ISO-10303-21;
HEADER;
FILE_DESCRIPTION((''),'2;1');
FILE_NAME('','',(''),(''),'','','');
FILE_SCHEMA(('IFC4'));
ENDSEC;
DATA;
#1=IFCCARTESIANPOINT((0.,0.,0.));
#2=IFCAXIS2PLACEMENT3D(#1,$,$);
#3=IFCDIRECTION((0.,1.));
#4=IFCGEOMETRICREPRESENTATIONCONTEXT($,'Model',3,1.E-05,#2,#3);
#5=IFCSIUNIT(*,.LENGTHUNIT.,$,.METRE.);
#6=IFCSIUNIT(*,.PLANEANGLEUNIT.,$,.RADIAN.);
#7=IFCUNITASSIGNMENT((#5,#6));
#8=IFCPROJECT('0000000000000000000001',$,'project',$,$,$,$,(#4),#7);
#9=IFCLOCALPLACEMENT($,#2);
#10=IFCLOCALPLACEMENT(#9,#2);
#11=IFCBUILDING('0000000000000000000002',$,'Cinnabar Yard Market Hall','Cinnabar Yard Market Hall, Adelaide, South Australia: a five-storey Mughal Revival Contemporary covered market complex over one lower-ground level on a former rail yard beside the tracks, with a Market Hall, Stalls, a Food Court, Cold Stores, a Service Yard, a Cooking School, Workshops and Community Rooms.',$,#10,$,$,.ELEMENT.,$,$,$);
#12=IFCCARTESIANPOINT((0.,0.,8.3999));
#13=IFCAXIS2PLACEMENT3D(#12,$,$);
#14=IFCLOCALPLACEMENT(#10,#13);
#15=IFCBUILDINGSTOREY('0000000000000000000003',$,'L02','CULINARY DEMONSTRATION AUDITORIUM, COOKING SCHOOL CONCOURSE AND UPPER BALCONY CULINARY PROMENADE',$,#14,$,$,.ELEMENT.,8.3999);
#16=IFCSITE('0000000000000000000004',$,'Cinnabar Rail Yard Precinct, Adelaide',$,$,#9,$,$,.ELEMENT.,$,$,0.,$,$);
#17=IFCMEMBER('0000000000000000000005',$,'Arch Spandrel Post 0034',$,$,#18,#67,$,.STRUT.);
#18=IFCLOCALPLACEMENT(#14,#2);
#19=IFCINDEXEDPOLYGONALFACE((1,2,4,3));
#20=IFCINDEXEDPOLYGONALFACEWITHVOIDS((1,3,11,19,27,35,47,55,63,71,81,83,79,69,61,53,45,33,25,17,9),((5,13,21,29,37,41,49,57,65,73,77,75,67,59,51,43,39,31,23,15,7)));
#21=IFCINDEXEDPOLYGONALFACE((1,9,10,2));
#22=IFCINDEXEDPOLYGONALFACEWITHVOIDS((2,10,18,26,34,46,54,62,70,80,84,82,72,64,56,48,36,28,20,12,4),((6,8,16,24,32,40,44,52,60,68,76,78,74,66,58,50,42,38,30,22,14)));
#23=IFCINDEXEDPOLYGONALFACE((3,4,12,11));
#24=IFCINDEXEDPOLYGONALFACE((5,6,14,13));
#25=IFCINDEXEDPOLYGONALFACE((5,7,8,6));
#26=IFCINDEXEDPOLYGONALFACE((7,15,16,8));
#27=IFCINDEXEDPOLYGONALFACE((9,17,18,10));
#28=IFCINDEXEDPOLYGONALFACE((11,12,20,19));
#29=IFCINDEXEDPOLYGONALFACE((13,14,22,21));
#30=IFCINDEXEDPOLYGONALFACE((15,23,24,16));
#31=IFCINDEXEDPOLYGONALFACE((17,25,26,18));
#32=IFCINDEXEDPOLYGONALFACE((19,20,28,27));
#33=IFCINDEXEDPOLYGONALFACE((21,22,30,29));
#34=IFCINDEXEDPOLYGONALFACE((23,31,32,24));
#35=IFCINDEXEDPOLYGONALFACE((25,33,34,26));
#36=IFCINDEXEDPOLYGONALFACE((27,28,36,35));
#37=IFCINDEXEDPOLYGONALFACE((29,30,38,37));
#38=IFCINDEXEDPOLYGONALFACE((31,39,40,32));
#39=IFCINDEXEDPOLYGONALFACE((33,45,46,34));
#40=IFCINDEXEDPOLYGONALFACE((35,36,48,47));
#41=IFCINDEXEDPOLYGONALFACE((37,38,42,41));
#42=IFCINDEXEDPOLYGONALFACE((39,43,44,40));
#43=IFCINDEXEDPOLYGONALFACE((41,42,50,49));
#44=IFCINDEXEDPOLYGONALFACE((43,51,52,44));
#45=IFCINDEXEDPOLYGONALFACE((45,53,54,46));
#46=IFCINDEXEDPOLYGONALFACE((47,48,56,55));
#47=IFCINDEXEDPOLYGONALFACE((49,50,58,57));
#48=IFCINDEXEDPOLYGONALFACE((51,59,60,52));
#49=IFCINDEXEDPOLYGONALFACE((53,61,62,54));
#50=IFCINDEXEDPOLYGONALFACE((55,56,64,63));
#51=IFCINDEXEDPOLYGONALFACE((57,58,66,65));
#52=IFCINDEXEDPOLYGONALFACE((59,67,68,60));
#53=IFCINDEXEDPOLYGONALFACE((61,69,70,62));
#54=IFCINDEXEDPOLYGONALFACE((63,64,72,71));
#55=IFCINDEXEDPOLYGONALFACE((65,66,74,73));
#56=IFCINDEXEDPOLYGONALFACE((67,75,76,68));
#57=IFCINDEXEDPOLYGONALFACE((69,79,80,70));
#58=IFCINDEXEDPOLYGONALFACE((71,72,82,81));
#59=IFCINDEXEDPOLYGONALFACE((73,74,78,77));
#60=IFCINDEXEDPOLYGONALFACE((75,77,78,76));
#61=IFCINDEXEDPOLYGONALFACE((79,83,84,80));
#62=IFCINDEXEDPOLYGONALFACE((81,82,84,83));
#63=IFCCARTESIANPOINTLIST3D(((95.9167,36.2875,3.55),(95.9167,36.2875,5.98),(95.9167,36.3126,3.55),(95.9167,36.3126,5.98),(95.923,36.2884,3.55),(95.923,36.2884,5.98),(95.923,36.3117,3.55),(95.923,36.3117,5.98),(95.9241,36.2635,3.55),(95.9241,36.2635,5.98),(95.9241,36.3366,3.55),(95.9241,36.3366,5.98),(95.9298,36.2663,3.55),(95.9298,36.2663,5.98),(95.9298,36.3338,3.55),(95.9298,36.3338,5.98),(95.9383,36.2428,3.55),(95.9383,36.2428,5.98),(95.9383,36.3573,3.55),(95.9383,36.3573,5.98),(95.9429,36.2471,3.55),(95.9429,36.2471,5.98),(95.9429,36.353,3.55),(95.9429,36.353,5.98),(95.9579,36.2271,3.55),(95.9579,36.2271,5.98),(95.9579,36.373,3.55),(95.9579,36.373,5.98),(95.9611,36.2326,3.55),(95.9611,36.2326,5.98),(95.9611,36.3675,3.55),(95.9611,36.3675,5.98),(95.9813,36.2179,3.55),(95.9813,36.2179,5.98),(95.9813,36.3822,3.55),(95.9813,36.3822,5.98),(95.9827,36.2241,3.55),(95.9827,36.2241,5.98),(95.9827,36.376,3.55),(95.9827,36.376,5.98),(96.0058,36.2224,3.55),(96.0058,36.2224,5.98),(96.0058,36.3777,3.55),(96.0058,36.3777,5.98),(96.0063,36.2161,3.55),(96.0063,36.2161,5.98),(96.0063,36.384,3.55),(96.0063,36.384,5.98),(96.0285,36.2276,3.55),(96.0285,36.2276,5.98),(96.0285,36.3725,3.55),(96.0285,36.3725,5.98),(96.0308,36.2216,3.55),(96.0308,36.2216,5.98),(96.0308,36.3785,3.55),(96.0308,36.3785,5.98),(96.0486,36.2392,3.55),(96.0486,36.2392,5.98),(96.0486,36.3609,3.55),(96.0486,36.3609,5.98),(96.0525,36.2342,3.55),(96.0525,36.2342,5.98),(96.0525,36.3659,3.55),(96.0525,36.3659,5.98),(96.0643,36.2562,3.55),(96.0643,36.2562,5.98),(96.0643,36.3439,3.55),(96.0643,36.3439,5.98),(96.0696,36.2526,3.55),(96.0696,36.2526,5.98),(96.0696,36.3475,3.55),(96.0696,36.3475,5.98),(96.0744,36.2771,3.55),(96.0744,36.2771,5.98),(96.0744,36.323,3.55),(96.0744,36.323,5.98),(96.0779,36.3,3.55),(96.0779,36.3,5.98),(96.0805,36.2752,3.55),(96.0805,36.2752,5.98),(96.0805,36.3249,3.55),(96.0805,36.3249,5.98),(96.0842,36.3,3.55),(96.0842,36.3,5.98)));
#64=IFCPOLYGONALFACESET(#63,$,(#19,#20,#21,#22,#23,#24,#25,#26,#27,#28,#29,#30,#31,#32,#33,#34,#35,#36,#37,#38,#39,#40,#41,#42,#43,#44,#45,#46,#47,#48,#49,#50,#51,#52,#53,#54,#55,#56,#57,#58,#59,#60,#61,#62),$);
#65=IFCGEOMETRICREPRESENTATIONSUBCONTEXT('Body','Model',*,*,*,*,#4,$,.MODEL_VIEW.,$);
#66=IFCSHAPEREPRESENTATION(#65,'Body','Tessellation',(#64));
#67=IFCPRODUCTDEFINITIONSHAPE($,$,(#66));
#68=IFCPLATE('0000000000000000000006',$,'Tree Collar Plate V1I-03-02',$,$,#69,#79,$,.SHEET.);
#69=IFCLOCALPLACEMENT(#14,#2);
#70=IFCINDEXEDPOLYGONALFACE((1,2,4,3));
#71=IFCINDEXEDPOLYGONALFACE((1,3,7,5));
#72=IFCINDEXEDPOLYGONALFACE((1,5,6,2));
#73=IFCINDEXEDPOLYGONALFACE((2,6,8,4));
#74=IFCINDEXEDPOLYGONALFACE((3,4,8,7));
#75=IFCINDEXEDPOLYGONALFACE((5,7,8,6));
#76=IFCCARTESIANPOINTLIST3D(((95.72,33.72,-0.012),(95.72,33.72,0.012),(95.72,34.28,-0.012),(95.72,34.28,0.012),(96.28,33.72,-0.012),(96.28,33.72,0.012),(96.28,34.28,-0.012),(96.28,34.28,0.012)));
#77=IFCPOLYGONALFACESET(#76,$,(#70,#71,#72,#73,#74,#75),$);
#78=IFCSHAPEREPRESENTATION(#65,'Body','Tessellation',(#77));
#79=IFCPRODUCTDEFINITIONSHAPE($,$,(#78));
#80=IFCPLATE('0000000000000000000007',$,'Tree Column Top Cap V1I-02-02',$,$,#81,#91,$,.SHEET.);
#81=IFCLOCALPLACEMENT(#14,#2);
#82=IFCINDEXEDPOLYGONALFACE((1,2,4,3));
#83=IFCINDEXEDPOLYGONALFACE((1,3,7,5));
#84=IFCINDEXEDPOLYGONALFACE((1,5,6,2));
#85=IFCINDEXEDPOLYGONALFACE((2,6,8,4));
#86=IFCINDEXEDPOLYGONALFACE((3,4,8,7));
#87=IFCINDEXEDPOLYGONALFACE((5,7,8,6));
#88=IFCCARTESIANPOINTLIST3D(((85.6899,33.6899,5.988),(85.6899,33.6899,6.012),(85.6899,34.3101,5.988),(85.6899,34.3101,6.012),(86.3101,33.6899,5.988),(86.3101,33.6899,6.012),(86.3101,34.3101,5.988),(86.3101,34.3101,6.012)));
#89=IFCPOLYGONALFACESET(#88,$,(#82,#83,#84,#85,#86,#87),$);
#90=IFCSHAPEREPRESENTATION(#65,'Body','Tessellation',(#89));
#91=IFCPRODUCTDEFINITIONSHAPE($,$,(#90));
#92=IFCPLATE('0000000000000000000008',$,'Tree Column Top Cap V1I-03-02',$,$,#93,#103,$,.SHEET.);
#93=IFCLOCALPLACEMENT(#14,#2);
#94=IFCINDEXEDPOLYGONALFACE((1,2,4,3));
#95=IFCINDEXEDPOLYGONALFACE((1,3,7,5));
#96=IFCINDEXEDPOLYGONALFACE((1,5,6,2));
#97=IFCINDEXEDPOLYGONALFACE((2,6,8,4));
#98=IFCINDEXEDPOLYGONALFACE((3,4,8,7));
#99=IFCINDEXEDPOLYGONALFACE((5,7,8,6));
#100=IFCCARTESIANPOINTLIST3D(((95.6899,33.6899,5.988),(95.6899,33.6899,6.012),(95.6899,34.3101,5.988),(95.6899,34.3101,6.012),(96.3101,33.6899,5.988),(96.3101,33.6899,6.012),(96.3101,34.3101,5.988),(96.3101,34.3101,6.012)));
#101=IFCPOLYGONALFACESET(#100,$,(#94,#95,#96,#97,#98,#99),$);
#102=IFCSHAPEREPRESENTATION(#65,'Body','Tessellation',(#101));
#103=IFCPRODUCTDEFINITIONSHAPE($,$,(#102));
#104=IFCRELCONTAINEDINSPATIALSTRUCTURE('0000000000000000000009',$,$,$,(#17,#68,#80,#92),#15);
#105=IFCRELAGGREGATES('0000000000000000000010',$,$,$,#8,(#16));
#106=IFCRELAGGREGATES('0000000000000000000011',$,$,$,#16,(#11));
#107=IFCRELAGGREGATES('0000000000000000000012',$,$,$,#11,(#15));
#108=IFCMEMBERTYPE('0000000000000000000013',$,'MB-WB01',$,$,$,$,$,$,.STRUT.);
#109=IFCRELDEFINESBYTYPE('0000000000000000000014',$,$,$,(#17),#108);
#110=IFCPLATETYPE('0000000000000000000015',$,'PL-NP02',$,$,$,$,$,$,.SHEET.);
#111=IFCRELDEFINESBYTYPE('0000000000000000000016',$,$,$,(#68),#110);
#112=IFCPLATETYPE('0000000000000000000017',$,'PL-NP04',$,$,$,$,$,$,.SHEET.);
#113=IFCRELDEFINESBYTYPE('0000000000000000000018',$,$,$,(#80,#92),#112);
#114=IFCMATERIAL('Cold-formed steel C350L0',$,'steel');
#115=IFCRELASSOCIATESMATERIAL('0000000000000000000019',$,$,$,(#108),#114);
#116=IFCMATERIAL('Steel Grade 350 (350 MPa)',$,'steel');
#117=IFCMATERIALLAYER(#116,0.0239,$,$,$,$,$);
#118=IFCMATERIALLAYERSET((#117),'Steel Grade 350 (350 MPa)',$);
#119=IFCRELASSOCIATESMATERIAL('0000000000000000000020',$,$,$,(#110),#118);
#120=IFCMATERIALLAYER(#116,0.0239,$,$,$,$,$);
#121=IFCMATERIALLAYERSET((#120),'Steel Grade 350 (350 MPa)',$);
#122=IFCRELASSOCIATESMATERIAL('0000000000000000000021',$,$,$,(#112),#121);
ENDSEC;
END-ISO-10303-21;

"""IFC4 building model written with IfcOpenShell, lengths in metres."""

from ifc_helpers import new_model, si_unit, direction, frame, origin, origin_2d_with_axis, place, context, subcontext, project, spatial, rectangle, hollow_circle, extrude, material, layer, layer_set, material_profile, profile_set, type_object, element, save


model = new_model("IFC4")

# Units and contexts
model_context = context("Model", 3, precision=1e-05, world=origin(), true_north=direction((0.0, 1.0)))
body_context = subcontext(model_context, "Body", "Model", "MODEL_VIEW")
ifc_project = project(units=[si_unit("LENGTHUNIT", "METRE"), si_unit("PLANEANGLEUNIT", "RADIAN")], contexts=[model_context])

# Site, building, storey
site_placement = place(None, origin())
site = spatial("IfcSite", under=ifc_project, at=site_placement, Name="Cinnabar Rail Yard Precinct, Adelaide", CompositionType="ELEMENT", RefElevation=0.0)
building_placement = place(site_placement, origin())
building = spatial("IfcBuilding", under=site, at=building_placement, Name="Cinnabar Yard Market Hall", Description="Cinnabar Yard Market Hall, Adelaide, South Australia: a five-storey Mughal Revival Contemporary covered market complex over one lower-ground level on a former rail yard beside the tracks, with a Market Hall, Stalls, a Food Court, Cold Stores, a Service Yard, a Cooking School, Workshops and Community Rooms.", CompositionType="ELEMENT")
storey_placement = place(building_placement, frame((0.0, 0.0, 8.3999)))
storey = spatial("IfcBuildingStorey", under=building, at=storey_placement, Name="L02", Description="CULINARY DEMONSTRATION AUDITORIUM, COOKING SCHOOL CONCOURSE AND UPPER BALCONY CULINARY PROMENADE", CompositionType="ELEMENT", Elevation=8.3999)

# Member
ifc_material_1 = material(Name="Cold-formed steel C350L0", Category="steel")
ifc_material_profile_1 = material_profile(ifc_material_1, hollow_circle(Radius=0.0842, WallThickness=0.0063, at=origin_2d_with_axis()), Name="168.3x6.4CHS")
ifc_profile_set_1 = profile_set([ifc_material_profile_1], Name="Cold-formed steel C350L0")
member_type_1 = type_object("IfcMemberType", Name="MB-WB01", PredefinedType="STRUT", material=ifc_profile_set_1)
for number, where, z_axis, x_axis, name in (
    (1, (96.0, 36.3, 3.55), (0.0, 0.0, 1.0), (1.0, 0.0, 0.0), "Arch Spandrel Post 0034"),
):
    element("IfcMember", number, at=place(storey_placement, frame(where, z_axis=z_axis, x_axis=x_axis)), inside=storey, type_object=member_type_1, Name=name, PredefinedType="STRUT", context=body_context, shape_type="SweptSolid", body=[
        extrude(hollow_circle(Radius=0.0842, WallThickness=0.0063, at=origin_2d_with_axis()), origin(), (0.0, 0.0, 1.0), 2.4299),
    ])

# Plates
ifc_material_2 = material(Name="Steel Grade 350 (350 MPa)", Category="steel")
ifc_layer_1 = layer(ifc_material_2, 0.0239)
ifc_layer_set_1 = layer_set([ifc_layer_1], Name="Steel Grade 350 (350 MPa)")
plate_type_1 = type_object("IfcPlateType", Name="PL-NP02", PredefinedType="SHEET", material=ifc_layer_set_1)
plate_placement = place(storey_placement, frame((96.0, 34.0, -0.012), z_axis=(0.0, 0.0, 1.0), x_axis=(1.0, 0.0, 0.0)))
element("IfcPlate", 2, at=plate_placement, inside=storey, type_object=plate_type_1, Name="Tree Collar Plate V1I-03-02", PredefinedType="SHEET", context=body_context, shape_type="SweptSolid", body=[
    extrude(rectangle(XDim=0.5601, YDim=0.5601, at=origin_2d_with_axis()), origin(), (0.0, 0.0, 1.0), 0.0239),
])
ifc_layer_2 = layer(ifc_material_2, 0.0239)
ifc_layer_set_2 = layer_set([ifc_layer_2], Name="Steel Grade 350 (350 MPa)")
plate_type_2 = type_object("IfcPlateType", Name="PL-NP04", PredefinedType="SHEET", material=ifc_layer_set_2)
for number, where, z_axis, x_axis, name in (
    (3, (86.0, 34.0, 5.988), (0.0, 0.0, 1.0), (1.0, 0.0, 0.0), "Tree Column Top Cap V1I-02-02"),
    (4, (96.0, 34.0, 5.988), (0.0, 0.0, 1.0), (1.0, 0.0, 0.0), "Tree Column Top Cap V1I-03-02"),
):
    element("IfcPlate", number, at=place(storey_placement, frame(where, z_axis=z_axis, x_axis=x_axis)), inside=storey, type_object=plate_type_2, Name=name, PredefinedType="SHEET", context=body_context, shape_type="SweptSolid", body=[
        extrude(rectangle(XDim=0.6201, YDim=0.6201, at=origin_2d_with_axis()), origin(), (0.0, 0.0, 1.0), 0.0239),
    ])

save(model, "model.ifc")
